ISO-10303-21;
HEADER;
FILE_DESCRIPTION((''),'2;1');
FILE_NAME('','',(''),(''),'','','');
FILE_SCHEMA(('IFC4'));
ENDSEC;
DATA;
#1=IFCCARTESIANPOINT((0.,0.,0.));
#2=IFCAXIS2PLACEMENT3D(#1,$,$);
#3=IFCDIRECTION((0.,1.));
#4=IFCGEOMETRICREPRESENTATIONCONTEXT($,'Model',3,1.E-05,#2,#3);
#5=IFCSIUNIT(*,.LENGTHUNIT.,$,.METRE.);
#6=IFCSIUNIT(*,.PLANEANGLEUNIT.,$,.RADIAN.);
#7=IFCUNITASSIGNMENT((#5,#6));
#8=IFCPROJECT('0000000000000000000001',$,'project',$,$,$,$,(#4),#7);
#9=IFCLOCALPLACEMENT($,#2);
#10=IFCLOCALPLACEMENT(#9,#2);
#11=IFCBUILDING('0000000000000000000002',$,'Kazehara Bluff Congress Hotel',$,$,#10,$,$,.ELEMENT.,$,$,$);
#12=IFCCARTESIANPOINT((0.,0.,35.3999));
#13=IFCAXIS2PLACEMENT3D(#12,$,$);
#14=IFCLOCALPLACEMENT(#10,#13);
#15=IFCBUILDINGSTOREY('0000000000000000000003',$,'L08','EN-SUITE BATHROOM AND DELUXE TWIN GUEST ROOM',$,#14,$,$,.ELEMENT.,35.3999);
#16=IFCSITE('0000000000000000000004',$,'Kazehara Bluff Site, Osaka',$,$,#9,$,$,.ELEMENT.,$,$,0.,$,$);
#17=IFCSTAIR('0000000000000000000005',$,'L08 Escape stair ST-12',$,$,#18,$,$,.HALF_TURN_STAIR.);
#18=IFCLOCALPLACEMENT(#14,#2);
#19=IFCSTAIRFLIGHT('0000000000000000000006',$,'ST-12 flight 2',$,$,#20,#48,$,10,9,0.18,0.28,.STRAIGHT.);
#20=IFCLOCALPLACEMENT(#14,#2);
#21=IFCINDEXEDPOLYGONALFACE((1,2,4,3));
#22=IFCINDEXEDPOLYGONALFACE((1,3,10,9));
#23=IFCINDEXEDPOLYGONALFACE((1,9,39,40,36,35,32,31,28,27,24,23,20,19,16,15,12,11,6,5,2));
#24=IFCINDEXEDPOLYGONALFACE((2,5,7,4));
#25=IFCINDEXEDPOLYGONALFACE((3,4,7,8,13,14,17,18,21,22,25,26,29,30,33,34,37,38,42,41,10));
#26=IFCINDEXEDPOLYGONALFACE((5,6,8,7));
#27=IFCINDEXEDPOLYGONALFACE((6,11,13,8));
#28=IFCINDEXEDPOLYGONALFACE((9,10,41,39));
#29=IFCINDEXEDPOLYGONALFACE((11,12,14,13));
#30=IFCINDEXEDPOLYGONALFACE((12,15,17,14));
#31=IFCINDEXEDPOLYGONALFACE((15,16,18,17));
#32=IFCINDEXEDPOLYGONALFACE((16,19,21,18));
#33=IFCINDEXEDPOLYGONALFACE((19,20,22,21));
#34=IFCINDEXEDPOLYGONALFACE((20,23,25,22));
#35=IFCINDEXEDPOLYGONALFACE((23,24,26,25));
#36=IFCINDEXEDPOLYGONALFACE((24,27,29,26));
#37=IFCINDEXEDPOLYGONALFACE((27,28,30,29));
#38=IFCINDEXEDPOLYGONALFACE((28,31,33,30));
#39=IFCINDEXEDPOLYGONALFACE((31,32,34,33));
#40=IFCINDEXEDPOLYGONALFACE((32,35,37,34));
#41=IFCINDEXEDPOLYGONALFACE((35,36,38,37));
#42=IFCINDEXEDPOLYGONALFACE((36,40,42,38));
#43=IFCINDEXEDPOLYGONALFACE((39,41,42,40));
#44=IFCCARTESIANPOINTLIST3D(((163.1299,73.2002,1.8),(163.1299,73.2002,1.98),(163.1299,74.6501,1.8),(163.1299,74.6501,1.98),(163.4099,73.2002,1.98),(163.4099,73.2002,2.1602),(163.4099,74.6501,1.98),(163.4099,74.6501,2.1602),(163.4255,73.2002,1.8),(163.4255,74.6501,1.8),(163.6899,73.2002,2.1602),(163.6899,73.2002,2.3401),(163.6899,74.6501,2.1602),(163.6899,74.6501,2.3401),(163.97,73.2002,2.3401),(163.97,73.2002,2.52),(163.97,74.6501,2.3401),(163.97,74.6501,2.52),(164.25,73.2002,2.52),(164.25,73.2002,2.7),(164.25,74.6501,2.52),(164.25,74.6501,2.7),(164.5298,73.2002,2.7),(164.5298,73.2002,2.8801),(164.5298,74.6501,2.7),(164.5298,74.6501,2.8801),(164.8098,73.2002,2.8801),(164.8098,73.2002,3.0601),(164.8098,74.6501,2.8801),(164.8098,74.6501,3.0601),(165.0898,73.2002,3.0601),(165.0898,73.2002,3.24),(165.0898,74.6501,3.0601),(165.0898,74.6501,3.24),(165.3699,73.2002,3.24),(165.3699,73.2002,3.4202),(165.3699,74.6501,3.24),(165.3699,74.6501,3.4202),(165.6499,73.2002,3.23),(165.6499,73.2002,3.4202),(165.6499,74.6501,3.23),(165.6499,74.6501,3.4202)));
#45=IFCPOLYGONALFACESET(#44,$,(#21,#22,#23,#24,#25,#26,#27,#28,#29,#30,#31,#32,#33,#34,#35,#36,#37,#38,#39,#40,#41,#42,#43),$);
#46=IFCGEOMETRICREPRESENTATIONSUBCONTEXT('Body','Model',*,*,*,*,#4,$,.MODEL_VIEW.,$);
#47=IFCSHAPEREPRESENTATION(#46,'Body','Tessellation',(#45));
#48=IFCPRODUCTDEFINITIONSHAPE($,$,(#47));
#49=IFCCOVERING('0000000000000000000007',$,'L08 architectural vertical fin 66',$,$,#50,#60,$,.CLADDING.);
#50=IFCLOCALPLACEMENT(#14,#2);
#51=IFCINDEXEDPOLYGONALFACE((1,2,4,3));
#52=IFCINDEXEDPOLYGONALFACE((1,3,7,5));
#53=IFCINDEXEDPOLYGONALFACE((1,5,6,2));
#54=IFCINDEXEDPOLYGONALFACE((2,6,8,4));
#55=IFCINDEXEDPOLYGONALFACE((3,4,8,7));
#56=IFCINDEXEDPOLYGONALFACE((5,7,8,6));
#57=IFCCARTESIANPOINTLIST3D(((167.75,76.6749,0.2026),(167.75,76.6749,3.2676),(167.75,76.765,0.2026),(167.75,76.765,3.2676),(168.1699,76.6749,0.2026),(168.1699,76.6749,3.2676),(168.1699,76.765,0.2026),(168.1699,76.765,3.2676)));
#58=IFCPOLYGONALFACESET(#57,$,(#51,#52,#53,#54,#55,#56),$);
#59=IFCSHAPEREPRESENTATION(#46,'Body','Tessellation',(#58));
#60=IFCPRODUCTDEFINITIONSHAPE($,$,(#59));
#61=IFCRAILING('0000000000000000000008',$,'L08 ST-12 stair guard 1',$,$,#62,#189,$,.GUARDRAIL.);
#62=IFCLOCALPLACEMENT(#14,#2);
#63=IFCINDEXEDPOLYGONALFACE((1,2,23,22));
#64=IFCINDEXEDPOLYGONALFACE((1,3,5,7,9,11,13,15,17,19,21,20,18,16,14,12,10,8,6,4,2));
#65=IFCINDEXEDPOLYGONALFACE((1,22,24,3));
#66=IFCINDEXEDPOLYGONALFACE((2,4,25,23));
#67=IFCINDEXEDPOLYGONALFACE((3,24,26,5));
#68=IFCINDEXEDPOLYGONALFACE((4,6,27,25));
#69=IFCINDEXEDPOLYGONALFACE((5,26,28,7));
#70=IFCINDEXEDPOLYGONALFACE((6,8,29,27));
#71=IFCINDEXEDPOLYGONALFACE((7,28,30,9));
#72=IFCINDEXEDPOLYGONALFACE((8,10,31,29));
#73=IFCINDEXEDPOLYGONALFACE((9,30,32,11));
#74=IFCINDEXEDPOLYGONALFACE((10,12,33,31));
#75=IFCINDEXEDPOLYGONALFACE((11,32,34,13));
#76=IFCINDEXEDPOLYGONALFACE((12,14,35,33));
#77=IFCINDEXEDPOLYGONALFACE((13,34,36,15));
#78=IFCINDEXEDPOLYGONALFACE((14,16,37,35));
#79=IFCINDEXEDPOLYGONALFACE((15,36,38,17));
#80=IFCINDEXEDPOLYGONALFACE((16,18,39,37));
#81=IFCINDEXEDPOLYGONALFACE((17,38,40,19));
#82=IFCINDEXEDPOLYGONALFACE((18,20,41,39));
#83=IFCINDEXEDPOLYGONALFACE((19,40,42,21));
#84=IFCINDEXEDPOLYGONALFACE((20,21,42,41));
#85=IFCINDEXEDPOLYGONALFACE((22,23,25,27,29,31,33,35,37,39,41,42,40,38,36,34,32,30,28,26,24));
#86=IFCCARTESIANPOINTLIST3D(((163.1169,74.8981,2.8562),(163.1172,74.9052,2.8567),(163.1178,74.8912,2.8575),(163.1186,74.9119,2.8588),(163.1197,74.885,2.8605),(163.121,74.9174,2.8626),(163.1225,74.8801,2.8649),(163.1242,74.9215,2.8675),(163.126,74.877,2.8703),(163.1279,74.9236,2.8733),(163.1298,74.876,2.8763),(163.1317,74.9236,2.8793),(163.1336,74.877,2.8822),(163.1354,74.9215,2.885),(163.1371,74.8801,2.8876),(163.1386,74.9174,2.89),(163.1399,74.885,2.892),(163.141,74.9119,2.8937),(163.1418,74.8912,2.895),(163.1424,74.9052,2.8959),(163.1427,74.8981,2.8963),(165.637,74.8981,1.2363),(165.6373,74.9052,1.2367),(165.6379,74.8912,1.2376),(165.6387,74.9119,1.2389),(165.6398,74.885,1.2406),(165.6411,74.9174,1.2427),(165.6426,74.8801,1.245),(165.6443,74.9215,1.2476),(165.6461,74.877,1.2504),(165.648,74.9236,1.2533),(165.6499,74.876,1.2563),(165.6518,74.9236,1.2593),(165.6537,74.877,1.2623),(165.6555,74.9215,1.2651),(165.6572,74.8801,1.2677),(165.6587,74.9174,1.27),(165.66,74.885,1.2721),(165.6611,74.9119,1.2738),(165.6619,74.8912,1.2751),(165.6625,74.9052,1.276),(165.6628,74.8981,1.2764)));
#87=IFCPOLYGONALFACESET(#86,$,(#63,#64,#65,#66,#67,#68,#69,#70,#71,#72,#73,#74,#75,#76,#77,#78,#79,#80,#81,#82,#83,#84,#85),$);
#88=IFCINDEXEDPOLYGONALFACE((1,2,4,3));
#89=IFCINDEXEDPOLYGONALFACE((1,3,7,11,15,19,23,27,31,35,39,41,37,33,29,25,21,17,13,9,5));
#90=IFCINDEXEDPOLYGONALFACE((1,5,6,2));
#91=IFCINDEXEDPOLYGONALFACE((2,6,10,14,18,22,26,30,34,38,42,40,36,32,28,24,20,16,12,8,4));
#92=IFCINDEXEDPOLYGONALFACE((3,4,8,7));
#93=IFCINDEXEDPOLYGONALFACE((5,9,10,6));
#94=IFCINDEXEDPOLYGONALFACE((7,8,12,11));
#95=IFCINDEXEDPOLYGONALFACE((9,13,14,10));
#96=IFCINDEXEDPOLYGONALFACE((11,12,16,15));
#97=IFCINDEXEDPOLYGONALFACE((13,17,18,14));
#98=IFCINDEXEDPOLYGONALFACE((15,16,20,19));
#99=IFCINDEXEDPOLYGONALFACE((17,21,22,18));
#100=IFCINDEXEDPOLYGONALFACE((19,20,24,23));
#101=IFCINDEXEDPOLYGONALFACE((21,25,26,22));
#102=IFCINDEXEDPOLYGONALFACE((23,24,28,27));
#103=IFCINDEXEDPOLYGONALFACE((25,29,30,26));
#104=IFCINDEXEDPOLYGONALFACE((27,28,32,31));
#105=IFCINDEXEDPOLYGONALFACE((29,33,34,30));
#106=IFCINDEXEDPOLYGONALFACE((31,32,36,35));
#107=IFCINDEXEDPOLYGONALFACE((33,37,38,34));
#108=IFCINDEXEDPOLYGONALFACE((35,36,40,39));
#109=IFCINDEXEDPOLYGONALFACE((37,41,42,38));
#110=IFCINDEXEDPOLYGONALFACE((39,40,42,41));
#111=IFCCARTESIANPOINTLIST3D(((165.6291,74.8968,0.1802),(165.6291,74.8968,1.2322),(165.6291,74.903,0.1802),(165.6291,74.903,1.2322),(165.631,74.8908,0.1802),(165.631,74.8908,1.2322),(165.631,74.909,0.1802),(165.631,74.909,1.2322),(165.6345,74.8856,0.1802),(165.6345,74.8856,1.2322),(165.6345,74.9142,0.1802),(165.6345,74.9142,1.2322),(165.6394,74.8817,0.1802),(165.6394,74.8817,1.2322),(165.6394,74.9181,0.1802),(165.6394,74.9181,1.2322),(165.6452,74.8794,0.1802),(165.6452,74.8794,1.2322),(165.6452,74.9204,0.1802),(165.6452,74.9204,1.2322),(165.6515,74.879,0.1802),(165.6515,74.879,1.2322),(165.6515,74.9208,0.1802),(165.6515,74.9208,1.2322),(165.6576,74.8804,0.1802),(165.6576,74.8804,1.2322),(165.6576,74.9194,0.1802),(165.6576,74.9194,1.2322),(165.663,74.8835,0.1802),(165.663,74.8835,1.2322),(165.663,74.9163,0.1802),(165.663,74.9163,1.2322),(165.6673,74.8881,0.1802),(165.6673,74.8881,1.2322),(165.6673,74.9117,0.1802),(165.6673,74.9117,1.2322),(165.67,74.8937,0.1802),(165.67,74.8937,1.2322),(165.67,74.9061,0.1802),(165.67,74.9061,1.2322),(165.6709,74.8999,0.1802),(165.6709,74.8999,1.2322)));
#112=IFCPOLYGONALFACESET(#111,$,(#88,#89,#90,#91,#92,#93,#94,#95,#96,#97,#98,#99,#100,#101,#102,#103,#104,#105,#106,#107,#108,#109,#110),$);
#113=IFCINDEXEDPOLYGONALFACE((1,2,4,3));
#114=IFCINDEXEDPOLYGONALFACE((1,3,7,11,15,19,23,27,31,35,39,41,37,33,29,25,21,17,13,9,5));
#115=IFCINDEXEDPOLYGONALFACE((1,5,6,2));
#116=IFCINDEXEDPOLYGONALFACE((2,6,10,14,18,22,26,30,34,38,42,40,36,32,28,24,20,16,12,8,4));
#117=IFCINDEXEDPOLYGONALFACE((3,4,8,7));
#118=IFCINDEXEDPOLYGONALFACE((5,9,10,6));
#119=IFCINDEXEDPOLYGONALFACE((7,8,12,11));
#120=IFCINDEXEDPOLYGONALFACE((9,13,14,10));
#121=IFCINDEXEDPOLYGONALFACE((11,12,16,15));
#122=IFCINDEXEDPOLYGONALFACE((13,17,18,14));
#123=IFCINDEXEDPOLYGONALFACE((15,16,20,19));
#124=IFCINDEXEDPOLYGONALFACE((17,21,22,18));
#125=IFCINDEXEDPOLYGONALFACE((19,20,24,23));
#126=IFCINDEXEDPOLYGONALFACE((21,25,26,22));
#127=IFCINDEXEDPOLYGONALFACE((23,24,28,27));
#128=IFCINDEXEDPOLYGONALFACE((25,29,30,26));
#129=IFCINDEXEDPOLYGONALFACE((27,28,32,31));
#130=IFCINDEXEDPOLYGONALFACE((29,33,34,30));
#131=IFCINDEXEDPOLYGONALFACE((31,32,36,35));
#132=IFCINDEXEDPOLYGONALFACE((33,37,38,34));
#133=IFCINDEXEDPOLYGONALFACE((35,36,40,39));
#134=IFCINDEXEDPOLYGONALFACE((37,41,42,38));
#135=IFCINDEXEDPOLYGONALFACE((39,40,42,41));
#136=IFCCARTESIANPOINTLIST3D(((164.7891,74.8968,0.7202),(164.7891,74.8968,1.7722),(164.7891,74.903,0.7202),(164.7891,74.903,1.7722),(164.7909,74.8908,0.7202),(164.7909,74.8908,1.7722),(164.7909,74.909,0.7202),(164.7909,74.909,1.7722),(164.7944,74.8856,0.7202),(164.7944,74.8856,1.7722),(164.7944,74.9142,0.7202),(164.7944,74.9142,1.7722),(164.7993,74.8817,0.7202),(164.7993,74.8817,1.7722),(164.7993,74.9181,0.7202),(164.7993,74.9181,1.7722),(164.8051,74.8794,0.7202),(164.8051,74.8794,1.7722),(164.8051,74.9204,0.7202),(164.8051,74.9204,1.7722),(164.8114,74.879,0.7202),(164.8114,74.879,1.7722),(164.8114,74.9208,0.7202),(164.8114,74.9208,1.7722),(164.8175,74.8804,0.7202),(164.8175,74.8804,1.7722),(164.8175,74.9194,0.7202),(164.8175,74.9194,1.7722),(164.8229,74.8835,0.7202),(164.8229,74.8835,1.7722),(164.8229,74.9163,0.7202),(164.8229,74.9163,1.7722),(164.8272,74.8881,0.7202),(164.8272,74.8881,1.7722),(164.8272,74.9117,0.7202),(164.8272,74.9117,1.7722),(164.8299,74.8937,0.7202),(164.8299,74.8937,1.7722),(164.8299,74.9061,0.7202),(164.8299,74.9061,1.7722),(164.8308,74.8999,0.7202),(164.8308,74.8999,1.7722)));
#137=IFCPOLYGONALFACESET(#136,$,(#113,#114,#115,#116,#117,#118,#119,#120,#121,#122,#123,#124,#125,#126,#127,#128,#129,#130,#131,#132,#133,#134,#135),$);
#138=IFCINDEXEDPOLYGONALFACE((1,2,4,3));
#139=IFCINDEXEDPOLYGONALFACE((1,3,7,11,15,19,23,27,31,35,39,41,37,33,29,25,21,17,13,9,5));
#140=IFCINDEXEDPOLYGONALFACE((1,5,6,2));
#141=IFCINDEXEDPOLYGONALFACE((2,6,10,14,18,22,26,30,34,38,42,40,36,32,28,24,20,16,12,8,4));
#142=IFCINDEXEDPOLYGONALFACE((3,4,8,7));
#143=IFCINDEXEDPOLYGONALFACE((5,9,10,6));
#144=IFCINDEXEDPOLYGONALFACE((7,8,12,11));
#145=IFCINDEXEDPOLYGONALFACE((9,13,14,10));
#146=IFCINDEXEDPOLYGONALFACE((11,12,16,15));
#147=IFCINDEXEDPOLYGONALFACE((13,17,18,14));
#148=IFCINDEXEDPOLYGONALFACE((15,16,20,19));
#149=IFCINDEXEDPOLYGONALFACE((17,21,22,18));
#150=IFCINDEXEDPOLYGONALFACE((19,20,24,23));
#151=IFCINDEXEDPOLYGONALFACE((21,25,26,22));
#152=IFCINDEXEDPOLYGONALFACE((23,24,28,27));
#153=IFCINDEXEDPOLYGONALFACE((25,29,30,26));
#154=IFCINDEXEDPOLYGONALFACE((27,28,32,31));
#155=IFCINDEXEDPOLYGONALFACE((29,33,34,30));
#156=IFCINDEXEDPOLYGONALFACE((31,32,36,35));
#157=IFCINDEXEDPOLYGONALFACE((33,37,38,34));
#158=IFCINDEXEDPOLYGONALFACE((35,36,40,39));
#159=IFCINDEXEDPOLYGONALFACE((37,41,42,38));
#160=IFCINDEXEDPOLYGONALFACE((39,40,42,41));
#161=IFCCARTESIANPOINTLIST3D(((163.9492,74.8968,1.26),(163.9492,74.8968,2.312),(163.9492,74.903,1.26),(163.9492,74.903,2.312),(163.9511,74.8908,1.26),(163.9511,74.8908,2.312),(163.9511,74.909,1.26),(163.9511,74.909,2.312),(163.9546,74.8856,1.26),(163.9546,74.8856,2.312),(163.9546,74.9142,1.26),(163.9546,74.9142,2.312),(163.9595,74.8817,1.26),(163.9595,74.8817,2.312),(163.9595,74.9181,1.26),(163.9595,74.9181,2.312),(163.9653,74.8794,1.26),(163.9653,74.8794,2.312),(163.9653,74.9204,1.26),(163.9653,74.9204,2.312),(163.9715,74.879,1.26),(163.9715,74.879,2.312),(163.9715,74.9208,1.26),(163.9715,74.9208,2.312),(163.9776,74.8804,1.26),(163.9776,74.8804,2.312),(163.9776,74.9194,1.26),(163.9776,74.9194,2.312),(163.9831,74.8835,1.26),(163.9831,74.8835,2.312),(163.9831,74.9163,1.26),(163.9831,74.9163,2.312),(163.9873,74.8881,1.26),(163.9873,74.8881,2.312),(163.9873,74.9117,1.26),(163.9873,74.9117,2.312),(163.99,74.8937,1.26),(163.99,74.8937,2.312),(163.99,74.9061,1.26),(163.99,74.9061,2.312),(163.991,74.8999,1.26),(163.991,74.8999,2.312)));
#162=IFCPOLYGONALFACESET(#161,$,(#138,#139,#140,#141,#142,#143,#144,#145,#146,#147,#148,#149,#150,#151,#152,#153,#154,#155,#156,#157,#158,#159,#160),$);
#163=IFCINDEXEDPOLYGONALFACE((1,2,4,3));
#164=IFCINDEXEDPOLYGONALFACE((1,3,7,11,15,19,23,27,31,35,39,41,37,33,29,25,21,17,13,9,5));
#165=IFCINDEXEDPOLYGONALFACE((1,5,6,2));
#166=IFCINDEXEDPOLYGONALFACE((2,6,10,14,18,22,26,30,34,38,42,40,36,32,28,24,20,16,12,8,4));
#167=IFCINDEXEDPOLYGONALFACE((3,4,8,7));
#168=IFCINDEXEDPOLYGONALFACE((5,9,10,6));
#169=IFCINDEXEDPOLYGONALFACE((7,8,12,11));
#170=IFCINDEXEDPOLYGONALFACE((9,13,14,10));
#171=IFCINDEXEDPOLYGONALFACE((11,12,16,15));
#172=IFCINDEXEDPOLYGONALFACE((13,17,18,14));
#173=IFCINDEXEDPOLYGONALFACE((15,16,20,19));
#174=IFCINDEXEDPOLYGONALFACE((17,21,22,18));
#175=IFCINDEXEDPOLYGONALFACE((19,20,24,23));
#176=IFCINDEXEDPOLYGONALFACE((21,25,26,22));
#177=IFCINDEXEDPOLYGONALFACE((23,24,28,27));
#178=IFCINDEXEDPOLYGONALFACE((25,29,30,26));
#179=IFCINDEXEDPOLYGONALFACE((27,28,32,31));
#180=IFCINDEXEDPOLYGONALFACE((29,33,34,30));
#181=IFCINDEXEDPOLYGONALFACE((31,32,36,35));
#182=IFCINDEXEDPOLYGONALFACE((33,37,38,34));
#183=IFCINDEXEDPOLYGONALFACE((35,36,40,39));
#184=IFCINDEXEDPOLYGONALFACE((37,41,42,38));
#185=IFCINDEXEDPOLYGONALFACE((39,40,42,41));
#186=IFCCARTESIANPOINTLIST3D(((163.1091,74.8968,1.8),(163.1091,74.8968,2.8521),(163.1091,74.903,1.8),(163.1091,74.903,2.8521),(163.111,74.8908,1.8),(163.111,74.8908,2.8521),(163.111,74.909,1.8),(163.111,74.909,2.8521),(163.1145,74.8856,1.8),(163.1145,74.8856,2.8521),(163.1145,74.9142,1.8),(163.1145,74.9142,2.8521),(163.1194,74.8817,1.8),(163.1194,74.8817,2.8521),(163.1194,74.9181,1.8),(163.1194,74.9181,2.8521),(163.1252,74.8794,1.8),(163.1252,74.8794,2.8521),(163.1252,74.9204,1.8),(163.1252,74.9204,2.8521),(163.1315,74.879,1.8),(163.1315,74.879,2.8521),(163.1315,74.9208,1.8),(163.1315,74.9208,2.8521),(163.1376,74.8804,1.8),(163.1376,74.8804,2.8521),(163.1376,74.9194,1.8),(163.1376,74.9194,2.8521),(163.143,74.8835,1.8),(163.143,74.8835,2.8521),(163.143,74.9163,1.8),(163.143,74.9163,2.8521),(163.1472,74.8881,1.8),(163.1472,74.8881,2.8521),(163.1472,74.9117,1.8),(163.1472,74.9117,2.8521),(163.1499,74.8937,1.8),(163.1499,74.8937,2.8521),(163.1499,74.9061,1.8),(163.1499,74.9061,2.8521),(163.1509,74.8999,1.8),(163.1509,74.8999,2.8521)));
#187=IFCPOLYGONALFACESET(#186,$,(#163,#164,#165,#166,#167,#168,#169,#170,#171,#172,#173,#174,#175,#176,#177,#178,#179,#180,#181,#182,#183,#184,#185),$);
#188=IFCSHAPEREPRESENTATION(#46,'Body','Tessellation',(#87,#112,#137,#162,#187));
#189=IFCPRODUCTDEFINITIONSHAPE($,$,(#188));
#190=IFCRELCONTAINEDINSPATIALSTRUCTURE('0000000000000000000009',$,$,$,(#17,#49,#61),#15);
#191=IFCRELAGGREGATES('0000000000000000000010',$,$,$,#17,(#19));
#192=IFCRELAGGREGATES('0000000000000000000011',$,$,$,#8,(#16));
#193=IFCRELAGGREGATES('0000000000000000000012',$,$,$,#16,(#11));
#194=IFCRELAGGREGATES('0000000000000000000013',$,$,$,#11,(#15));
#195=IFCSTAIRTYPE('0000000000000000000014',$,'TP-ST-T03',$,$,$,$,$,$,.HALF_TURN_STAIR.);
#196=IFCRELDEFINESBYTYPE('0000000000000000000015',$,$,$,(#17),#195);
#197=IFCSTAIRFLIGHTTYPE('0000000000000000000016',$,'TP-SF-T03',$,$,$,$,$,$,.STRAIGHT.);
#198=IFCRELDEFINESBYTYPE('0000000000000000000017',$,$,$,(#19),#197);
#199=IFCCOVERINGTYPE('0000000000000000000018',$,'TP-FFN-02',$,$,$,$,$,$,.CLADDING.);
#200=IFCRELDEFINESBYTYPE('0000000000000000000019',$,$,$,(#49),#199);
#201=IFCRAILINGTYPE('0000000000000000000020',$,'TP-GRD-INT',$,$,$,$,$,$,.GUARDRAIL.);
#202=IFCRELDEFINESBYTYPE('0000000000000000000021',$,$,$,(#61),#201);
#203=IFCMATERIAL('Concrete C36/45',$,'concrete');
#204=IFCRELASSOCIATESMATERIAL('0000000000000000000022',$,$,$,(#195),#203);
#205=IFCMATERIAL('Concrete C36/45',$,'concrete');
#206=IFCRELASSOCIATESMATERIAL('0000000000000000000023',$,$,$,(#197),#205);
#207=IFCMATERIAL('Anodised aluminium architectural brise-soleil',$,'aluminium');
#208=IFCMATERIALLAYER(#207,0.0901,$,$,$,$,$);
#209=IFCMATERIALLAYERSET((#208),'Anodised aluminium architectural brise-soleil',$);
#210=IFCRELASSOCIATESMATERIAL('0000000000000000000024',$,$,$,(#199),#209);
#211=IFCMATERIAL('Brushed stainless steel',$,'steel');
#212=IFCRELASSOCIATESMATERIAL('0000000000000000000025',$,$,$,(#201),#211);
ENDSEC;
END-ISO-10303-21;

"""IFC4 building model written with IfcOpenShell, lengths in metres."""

from ifc_helpers import new_model, si_unit, direction, frame, origin, origin_2d, place, context, subcontext, project, spatial, polyline, rectangle, circle, outline, extrude, material, layer, layer_set, type_object, element, aggregate, save


model = new_model("IFC4")

# Units and contexts
model_context = context("Model", 3, precision=1e-05, world=origin(), true_north=direction((0.0, 1.0)))
body_context = subcontext(model_context, "Body", "Model", "MODEL_VIEW")
ifc_project = project(units=[si_unit("LENGTHUNIT", "METRE"), si_unit("PLANEANGLEUNIT", "RADIAN")], contexts=[model_context])

# Site, building, storey
site_placement = place(None, origin())
site = spatial("IfcSite", under=ifc_project, at=site_placement, Name="Kazehara Bluff Site, Osaka", CompositionType="ELEMENT", RefElevation=0.0)
building_placement = place(site_placement, origin())
building = spatial("IfcBuilding", under=site, at=building_placement, Name="Kazehara Bluff Congress Hotel", CompositionType="ELEMENT")
storey_placement = place(building_placement, frame((0.0, 0.0, 35.3999)))
storey = spatial("IfcBuildingStorey", under=building, at=storey_placement, Name="L08", Description="EN-SUITE BATHROOM AND DELUXE TWIN GUEST ROOM", CompositionType="ELEMENT", Elevation=35.3999)

# Stair, stair flight
ifc_material_1 = material(Name="Concrete C36/45", Category="concrete")
stair_type = type_object("IfcStairType", Name="TP-ST-T03", PredefinedType="HALF_TURN_STAIR", material=ifc_material_1)
stair_placement = place(storey_placement, origin())
stair = element("IfcStair", 1, at=stair_placement, inside=storey, type_object=stair_type, Name="L08 Escape stair ST-12", PredefinedType="HALF_TURN_STAIR")
ifc_material_2 = material(Name="Concrete C36/45", Category="concrete")
stair_flight_type = type_object("IfcStairFlightType", Name="TP-SF-T03", PredefinedType="STRAIGHT", material=ifc_material_2)
stair_flight_1_placement = place(storey_placement, frame((163.1299, 73.925, 1.8), z_axis=(0.0, 0.0, 1.0), x_axis=(1.0, 0.0, 0.0)))
stair_flight_1 = element("IfcStairFlight", 2, at=stair_flight_1_placement, type_object=stair_flight_type, Name="ST-12 flight 2", NumberOfRisers=10, NumberOfTreads=9, PredefinedType="STRAIGHT", RiserHeight=0.18, TreadLength=0.28, context=body_context, shape_type="SweptSolid", body=[
    extrude(outline(polyline([(0.0, 0.0), (0.0, 0.1799), (0.28, 0.1799), (0.28, 0.3601), (0.5601, 0.3601), (0.5601, 0.54), (0.8401, 0.54), (0.8401, 0.72), (1.1201, 0.72), (1.1201, 0.8999), (1.3999, 0.8999), (1.3999, 1.0801), (1.6799, 1.0801), (1.6799, 1.26), (1.96, 1.26), (1.96, 1.4399), (2.24, 1.4399), (2.24, 1.6201), (2.52, 1.6201), (2.52, 1.8), (2.52, 1.4299), (0.2957, 0.0), (0.0, 0.0)])), frame((0.0, 0.7251, 0.0), z_axis=(0.0, -1.0, 0.0), x_axis=(1.0, 0.0, 0.0)), (0.0, 0.0, 1.0), 1.45),
])
aggregate(stair, [stair_flight_1])

# Covering
ifc_material_3 = material(Name="Anodised aluminium architectural brise-soleil", Category="aluminium")
ifc_layer_1 = layer(ifc_material_3, 0.0901)
ifc_layer_set_1 = layer_set([ifc_layer_1], Name="Anodised aluminium architectural brise-soleil")
covering_type = type_object("IfcCoveringType", Name="TP-FFN-02", PredefinedType="CLADDING", material=ifc_layer_set_1)
covering_placement = place(storey_placement, frame((167.96, 76.72, 0.2026), z_axis=(0.0, 0.0, 1.0), x_axis=(1.0, 0.0, 0.0)))
element("IfcCovering", 3, at=covering_placement, inside=storey, type_object=covering_type, Name="L08 architectural vertical fin 66", PredefinedType="CLADDING", context=body_context, shape_type="SweptSolid", body=[
    extrude(rectangle(XDim=0.4199, YDim=0.0901, at=origin_2d()), origin(), (0.0, 0.0, 1.0), 3.0649),
])

# Railing
ifc_material_4 = material(Name="Brushed stainless steel", Category="steel")
railing_type_1 = type_object("IfcRailingType", Name="TP-GRD-INT", PredefinedType="GUARDRAIL", material=ifc_material_4)
railing_1_placement = place(storey_placement, frame((165.6499, 74.8999, 0.1802)))
element("IfcRailing", 4, at=railing_1_placement, inside=storey, type_object=railing_type_1, Name="L08 ST-12 stair guard 1", PredefinedType="GUARDRAIL", context=body_context, shape_type="SweptSolid", body=[
    extrude(circle(Radius=0.0239, at=origin_2d()), frame((0.0, 0.0, 1.0762), z_axis=(-0.8412, 0.0, 0.540725), x_axis=(0.0, -1.0, 0.0)), (0.0, 0.0, 1.0), 2.9958),
    extrude(circle(Radius=0.021, at=origin_2d()), origin(), (0.0, 0.0, 1.0), 1.052),
    extrude(circle(Radius=0.021, at=origin_2d()), frame((-0.8401, 0.0, 0.54)), (0.0, 0.0, 1.0), 1.052),
    extrude(circle(Radius=0.021, at=origin_2d()), frame((-1.6799, 0.0, 1.0798)), (0.0, 0.0, 1.0), 1.052),
    extrude(circle(Radius=0.021, at=origin_2d()), frame((-2.52, 0.0, 1.6199)), (0.0, 0.0, 1.0), 1.052),
])

save(model, "model.ifc")
